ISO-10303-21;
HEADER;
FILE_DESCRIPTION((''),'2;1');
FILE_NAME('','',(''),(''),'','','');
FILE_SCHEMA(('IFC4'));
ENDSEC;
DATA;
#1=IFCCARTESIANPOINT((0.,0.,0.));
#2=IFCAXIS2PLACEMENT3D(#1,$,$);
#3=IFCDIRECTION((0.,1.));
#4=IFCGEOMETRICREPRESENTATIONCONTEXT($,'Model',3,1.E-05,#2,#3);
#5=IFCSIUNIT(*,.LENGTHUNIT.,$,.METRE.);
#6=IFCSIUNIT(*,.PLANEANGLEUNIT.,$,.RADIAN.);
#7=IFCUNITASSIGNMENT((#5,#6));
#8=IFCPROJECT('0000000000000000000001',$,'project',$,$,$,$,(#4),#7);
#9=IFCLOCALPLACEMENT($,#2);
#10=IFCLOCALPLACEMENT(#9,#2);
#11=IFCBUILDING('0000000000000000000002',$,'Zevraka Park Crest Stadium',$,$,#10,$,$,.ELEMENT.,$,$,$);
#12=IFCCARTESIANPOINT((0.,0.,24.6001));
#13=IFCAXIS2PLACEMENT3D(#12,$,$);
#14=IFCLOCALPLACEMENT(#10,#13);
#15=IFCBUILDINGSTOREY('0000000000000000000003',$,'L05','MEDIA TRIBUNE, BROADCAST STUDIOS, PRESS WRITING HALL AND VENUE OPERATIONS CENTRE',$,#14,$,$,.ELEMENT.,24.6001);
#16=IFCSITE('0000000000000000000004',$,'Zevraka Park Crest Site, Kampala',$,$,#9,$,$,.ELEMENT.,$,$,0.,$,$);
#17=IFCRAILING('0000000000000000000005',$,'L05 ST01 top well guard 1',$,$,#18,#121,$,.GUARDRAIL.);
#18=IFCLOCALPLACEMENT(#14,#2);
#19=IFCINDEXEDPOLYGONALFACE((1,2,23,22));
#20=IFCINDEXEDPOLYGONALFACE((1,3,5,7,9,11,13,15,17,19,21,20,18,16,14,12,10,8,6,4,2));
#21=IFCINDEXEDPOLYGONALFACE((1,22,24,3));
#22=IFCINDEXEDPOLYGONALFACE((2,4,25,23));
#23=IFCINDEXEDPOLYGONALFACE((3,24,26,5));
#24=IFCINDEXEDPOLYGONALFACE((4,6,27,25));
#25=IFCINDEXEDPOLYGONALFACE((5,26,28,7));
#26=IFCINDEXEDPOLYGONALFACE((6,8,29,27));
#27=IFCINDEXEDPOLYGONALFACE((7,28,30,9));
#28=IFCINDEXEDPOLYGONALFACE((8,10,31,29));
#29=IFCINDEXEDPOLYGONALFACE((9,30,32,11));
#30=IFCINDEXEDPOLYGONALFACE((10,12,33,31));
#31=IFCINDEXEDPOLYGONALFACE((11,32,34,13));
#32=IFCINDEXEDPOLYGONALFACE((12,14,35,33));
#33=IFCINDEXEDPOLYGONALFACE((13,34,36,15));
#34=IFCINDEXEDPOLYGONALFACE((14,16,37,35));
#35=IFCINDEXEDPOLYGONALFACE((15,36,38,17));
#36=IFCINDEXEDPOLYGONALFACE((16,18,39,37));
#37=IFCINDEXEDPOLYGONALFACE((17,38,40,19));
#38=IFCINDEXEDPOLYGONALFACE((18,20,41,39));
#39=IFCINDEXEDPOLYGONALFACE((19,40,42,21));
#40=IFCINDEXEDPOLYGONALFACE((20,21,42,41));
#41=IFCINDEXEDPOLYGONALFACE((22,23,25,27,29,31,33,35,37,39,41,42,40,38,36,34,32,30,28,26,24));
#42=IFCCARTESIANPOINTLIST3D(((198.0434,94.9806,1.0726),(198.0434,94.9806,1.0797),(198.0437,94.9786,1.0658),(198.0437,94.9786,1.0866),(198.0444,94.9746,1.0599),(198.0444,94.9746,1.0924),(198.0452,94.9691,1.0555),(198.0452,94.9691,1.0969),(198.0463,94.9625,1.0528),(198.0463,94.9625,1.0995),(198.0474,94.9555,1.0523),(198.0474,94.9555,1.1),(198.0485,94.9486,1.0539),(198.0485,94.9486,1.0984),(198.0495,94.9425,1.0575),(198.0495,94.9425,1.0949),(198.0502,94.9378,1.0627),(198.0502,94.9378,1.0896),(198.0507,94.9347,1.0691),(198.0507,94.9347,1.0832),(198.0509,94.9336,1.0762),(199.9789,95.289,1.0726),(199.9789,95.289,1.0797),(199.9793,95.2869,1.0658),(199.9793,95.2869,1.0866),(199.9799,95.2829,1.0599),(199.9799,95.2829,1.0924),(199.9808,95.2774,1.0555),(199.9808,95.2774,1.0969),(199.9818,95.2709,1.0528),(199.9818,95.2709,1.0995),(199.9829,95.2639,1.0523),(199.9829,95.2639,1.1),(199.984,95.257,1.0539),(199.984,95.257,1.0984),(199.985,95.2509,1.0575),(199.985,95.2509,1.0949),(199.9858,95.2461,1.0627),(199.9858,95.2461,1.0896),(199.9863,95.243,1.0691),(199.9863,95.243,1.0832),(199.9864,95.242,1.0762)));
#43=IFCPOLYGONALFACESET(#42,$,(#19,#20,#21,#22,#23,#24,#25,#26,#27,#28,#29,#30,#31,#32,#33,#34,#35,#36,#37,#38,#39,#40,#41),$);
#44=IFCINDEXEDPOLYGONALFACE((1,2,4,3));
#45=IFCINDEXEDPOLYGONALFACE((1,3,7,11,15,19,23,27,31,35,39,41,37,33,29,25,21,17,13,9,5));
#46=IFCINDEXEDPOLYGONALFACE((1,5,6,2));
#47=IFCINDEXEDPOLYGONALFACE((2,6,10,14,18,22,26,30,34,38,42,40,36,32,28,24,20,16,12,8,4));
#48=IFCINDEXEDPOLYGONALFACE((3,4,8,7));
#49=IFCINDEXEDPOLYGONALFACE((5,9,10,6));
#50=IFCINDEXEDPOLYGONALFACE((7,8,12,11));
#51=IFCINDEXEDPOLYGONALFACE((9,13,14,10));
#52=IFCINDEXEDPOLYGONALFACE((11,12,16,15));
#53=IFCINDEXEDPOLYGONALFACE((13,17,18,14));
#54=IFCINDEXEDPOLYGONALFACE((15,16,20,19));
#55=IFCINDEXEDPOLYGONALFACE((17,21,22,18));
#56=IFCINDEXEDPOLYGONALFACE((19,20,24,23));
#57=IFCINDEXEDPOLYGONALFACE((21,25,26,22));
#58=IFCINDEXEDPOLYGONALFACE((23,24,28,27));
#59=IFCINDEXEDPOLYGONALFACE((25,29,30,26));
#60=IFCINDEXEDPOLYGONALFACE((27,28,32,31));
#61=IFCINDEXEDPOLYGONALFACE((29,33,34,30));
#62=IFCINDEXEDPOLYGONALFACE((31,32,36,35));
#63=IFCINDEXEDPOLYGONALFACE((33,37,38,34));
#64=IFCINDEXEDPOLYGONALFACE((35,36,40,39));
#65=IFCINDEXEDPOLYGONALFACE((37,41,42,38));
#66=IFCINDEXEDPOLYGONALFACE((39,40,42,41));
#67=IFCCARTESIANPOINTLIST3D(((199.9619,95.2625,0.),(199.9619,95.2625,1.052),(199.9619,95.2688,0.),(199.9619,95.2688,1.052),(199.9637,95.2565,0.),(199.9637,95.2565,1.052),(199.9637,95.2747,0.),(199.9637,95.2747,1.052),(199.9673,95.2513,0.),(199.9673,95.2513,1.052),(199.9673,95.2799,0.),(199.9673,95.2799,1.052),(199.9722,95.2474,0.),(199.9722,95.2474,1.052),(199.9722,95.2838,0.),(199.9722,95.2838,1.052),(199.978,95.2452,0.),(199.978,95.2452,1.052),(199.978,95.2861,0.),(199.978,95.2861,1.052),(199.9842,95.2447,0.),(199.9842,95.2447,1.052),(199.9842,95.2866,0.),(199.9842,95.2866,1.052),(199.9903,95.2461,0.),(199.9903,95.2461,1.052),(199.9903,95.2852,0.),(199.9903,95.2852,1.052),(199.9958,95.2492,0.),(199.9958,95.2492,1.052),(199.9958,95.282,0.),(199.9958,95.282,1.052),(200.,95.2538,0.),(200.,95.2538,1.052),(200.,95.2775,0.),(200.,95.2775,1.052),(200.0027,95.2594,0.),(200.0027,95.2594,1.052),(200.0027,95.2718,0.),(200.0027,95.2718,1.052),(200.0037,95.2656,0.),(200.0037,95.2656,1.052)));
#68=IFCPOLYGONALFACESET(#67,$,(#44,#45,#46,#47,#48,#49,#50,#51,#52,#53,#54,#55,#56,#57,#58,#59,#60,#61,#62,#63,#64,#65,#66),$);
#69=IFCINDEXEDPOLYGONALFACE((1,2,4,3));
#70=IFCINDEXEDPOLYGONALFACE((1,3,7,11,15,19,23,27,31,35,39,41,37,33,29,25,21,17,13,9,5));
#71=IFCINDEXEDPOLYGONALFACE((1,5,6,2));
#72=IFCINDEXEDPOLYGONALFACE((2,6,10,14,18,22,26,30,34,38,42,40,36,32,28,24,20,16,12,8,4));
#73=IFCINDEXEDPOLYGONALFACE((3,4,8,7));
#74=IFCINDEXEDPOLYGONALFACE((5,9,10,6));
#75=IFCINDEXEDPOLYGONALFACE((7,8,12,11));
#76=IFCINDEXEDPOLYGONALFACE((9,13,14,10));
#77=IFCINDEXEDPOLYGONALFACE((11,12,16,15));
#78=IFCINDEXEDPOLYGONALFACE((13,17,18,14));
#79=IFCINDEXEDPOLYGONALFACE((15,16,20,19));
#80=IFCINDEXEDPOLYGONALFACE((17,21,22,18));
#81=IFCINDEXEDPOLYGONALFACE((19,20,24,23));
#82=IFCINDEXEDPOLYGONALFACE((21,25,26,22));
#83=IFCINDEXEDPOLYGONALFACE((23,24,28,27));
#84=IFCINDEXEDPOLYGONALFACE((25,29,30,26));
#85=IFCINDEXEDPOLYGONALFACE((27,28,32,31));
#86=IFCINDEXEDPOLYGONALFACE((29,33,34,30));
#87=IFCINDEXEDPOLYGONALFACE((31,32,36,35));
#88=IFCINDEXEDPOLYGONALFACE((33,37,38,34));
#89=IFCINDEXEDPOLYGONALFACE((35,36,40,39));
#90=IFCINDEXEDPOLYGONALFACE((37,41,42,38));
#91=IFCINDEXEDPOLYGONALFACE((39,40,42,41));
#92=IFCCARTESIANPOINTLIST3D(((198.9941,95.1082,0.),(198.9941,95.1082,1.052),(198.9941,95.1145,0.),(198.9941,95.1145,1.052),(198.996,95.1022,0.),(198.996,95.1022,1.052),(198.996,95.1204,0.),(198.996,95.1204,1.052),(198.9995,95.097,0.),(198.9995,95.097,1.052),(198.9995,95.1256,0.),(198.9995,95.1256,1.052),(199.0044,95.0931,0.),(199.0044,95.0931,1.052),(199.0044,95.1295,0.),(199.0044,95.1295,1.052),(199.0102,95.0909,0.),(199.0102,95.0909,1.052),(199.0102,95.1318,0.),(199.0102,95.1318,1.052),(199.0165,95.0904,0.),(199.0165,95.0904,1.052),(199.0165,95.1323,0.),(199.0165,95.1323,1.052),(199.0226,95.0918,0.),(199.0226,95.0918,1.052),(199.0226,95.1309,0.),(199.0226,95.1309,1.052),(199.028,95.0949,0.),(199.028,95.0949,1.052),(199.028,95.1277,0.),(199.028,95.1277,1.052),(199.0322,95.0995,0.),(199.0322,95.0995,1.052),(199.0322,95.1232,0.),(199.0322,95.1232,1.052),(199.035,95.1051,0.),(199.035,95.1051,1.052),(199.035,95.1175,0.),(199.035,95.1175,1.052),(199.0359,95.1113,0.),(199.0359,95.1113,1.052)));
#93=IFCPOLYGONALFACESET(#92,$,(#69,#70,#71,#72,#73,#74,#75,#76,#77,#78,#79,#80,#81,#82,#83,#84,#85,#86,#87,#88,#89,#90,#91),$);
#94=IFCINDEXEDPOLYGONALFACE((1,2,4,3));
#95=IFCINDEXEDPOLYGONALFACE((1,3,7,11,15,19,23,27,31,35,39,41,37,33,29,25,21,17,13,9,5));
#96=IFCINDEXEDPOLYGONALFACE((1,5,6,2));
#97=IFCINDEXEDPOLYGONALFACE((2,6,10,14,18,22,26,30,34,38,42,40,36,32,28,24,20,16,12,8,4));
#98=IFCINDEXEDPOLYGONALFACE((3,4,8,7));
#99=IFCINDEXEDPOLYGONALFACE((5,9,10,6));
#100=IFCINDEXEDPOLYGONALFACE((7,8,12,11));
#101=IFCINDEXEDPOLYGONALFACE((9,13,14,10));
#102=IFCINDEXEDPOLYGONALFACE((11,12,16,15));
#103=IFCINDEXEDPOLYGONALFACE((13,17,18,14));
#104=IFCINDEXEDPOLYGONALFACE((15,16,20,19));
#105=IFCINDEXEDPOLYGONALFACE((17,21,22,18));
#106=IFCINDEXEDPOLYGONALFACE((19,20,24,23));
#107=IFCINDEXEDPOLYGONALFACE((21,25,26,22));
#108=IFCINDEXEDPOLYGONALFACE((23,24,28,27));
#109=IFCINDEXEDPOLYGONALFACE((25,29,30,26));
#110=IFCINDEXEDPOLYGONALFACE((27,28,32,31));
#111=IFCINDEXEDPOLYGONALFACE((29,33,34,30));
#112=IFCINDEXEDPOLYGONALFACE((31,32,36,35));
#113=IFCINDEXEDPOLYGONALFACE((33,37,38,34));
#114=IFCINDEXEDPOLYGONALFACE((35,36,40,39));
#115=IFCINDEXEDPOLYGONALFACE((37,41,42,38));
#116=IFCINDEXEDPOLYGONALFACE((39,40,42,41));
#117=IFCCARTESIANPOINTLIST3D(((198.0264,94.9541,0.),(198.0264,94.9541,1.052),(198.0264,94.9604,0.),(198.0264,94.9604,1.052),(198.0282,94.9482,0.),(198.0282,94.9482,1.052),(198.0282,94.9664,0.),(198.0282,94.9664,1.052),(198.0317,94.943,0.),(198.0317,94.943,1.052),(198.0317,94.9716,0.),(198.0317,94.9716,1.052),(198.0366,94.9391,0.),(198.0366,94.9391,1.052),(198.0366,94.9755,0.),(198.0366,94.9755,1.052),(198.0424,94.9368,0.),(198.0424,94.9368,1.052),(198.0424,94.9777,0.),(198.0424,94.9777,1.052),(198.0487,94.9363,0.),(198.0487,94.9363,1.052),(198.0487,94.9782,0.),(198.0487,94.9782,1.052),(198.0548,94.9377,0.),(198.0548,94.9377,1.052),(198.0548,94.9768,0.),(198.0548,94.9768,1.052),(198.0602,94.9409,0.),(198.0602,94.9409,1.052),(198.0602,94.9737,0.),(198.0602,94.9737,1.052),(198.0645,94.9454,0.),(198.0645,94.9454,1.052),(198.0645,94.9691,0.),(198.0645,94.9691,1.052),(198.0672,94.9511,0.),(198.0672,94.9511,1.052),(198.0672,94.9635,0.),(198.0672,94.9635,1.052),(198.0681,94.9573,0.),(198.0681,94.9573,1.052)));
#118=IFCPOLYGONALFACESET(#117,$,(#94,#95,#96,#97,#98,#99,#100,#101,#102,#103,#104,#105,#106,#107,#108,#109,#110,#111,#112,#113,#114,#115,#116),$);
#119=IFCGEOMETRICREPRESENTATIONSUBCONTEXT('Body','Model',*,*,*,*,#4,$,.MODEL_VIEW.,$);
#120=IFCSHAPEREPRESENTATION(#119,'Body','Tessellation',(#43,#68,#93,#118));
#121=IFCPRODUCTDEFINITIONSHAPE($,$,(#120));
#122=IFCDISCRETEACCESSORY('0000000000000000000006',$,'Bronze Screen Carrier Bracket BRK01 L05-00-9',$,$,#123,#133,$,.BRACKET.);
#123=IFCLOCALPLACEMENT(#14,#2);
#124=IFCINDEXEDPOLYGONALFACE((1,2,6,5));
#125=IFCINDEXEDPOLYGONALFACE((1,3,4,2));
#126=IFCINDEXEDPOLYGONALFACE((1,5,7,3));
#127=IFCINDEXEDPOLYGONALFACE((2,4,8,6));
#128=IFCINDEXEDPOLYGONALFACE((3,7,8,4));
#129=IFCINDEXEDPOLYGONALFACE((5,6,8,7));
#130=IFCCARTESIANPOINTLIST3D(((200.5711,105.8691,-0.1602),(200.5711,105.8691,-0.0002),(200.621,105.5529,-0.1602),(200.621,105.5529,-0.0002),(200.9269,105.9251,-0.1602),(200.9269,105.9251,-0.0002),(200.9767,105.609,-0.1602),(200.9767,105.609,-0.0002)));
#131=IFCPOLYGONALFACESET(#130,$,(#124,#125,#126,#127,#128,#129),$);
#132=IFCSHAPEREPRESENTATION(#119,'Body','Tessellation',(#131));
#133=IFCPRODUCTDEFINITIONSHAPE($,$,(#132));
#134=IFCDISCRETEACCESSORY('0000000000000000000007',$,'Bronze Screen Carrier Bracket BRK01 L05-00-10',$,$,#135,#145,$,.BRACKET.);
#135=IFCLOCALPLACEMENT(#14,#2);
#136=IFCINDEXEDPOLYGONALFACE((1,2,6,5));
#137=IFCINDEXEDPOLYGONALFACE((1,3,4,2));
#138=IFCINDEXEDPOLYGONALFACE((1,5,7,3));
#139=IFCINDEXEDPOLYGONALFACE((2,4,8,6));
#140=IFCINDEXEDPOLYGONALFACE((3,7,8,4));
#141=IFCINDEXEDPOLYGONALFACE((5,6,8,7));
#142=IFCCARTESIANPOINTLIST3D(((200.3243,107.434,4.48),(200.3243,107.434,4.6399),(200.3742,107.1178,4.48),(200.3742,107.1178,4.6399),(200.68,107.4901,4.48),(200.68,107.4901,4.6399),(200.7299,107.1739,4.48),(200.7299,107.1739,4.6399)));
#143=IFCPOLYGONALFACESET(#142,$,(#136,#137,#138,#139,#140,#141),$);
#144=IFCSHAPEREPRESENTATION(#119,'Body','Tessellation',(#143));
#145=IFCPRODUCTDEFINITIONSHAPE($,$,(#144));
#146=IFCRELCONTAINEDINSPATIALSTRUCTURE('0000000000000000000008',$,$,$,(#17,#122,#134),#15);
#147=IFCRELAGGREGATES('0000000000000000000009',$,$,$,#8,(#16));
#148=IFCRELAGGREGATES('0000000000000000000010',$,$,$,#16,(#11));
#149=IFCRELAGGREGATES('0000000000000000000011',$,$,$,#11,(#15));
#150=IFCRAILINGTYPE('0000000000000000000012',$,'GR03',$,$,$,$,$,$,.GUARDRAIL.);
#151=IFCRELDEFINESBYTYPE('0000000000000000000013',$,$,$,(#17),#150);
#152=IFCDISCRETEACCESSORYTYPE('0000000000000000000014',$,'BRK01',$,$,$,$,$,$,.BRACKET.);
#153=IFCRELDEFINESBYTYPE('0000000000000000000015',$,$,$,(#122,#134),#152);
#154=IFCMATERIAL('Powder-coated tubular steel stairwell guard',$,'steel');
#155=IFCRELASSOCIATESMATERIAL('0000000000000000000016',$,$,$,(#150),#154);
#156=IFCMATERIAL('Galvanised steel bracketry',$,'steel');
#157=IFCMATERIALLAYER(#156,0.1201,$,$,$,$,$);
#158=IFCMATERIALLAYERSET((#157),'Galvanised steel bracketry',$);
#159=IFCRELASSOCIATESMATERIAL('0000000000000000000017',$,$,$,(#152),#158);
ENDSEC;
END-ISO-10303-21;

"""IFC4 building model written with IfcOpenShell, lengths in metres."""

from ifc_helpers import new_model, si_unit, direction, frame, origin, origin_2d, place, context, subcontext, project, spatial, rectangle, circle, extrude, material, layer, layer_set, type_object, element, save


model = new_model("IFC4")

# Units and contexts
model_context = context("Model", 3, precision=1e-05, world=origin(), true_north=direction((0.0, 1.0)))
body_context = subcontext(model_context, "Body", "Model", "MODEL_VIEW")
ifc_project = project(units=[si_unit("LENGTHUNIT", "METRE"), si_unit("PLANEANGLEUNIT", "RADIAN")], contexts=[model_context])

# Site, building, storey
site_placement = place(None, origin())
site = spatial("IfcSite", under=ifc_project, at=site_placement, Name="Zevraka Park Crest Site, Kampala", CompositionType="ELEMENT", RefElevation=0.0)
building_placement = place(site_placement, origin())
building = spatial("IfcBuilding", under=site, at=building_placement, Name="Zevraka Park Crest Stadium", CompositionType="ELEMENT")
storey_placement = place(building_placement, frame((0.0, 0.0, 24.6001)))
storey = spatial("IfcBuildingStorey", under=building, at=storey_placement, Name="L05", Description="MEDIA TRIBUNE, BROADCAST STUDIOS, PRESS WRITING HALL AND VENUE OPERATIONS CENTRE", CompositionType="ELEMENT", Elevation=24.6001)

# Railing
ifc_material_1 = material(Name="Powder-coated tubular steel stairwell guard", Category="steel")
railing_type_1 = type_object("IfcRailingType", Name="GR03", PredefinedType="GUARDRAIL", material=ifc_material_1)
railing_1_placement = place(storey_placement, frame((199.9827, 95.2656, 0.0)))
element("IfcRailing", 1, at=railing_1_placement, inside=storey, type_object=railing_type_1, Name="L05 ST01 top well guard 1", PredefinedType="GUARDRAIL", context=body_context, shape_type="SweptSolid", body=[
    extrude(circle(Radius=0.0239, at=origin_2d()), frame((0.0, 0.0, 1.0762), z_axis=(-0.987547, -0.157325, 0.0), x_axis=(0.157325, -0.987547, 0.0)), (0.0, 0.0, 1.0), 1.96),
    extrude(circle(Radius=0.021, at=origin_2d()), origin(), (0.0, 0.0, 1.0), 1.052),
    extrude(circle(Radius=0.021, at=origin_2d()), frame((-0.9678, -0.1543, 0.0)), (0.0, 0.0, 1.0), 1.052),
    extrude(circle(Radius=0.021, at=origin_2d()), frame((-1.9355, -0.3083, 0.0)), (0.0, 0.0, 1.0), 1.052),
])

# Discrete accessories
ifc_material_2 = material(Name="Galvanised steel bracketry", Category="steel")
ifc_layer_1 = layer(ifc_material_2, 0.1201)
ifc_layer_set_1 = layer_set([ifc_layer_1], Name="Galvanised steel bracketry")
discrete_accessory_type = type_object("IfcDiscreteAccessoryType", Name="BRK01", PredefinedType="BRACKET", material=ifc_layer_set_1)
for number, where, z_axis, x_axis, name in (
    (2, (200.7739, 105.739, -0.1602), (0.0, 0.0, 1.0), (-0.155745, 0.987797, 0.0), "Bronze Screen Carrier Bracket BRK01 L05-00-9"),
    (3, (200.5271, 107.304, 4.48), (0.0, 0.0, 1.0), (-0.155745, 0.987797, 0.0), "Bronze Screen Carrier Bracket BRK01 L05-00-10"),
):
    element("IfcDiscreteAccessory", number, at=place(storey_placement, frame(where, z_axis=z_axis, x_axis=x_axis)), inside=storey, type_object=discrete_accessory_type, Name=name, PredefinedType="BRACKET", context=body_context, shape_type="SweptSolid", body=[
        extrude(rectangle(XDim=0.3201, YDim=0.3601, at=origin_2d()), origin(), (0.0, 0.0, 1.0), 0.1599),
    ])

save(model, "model.ifc")
